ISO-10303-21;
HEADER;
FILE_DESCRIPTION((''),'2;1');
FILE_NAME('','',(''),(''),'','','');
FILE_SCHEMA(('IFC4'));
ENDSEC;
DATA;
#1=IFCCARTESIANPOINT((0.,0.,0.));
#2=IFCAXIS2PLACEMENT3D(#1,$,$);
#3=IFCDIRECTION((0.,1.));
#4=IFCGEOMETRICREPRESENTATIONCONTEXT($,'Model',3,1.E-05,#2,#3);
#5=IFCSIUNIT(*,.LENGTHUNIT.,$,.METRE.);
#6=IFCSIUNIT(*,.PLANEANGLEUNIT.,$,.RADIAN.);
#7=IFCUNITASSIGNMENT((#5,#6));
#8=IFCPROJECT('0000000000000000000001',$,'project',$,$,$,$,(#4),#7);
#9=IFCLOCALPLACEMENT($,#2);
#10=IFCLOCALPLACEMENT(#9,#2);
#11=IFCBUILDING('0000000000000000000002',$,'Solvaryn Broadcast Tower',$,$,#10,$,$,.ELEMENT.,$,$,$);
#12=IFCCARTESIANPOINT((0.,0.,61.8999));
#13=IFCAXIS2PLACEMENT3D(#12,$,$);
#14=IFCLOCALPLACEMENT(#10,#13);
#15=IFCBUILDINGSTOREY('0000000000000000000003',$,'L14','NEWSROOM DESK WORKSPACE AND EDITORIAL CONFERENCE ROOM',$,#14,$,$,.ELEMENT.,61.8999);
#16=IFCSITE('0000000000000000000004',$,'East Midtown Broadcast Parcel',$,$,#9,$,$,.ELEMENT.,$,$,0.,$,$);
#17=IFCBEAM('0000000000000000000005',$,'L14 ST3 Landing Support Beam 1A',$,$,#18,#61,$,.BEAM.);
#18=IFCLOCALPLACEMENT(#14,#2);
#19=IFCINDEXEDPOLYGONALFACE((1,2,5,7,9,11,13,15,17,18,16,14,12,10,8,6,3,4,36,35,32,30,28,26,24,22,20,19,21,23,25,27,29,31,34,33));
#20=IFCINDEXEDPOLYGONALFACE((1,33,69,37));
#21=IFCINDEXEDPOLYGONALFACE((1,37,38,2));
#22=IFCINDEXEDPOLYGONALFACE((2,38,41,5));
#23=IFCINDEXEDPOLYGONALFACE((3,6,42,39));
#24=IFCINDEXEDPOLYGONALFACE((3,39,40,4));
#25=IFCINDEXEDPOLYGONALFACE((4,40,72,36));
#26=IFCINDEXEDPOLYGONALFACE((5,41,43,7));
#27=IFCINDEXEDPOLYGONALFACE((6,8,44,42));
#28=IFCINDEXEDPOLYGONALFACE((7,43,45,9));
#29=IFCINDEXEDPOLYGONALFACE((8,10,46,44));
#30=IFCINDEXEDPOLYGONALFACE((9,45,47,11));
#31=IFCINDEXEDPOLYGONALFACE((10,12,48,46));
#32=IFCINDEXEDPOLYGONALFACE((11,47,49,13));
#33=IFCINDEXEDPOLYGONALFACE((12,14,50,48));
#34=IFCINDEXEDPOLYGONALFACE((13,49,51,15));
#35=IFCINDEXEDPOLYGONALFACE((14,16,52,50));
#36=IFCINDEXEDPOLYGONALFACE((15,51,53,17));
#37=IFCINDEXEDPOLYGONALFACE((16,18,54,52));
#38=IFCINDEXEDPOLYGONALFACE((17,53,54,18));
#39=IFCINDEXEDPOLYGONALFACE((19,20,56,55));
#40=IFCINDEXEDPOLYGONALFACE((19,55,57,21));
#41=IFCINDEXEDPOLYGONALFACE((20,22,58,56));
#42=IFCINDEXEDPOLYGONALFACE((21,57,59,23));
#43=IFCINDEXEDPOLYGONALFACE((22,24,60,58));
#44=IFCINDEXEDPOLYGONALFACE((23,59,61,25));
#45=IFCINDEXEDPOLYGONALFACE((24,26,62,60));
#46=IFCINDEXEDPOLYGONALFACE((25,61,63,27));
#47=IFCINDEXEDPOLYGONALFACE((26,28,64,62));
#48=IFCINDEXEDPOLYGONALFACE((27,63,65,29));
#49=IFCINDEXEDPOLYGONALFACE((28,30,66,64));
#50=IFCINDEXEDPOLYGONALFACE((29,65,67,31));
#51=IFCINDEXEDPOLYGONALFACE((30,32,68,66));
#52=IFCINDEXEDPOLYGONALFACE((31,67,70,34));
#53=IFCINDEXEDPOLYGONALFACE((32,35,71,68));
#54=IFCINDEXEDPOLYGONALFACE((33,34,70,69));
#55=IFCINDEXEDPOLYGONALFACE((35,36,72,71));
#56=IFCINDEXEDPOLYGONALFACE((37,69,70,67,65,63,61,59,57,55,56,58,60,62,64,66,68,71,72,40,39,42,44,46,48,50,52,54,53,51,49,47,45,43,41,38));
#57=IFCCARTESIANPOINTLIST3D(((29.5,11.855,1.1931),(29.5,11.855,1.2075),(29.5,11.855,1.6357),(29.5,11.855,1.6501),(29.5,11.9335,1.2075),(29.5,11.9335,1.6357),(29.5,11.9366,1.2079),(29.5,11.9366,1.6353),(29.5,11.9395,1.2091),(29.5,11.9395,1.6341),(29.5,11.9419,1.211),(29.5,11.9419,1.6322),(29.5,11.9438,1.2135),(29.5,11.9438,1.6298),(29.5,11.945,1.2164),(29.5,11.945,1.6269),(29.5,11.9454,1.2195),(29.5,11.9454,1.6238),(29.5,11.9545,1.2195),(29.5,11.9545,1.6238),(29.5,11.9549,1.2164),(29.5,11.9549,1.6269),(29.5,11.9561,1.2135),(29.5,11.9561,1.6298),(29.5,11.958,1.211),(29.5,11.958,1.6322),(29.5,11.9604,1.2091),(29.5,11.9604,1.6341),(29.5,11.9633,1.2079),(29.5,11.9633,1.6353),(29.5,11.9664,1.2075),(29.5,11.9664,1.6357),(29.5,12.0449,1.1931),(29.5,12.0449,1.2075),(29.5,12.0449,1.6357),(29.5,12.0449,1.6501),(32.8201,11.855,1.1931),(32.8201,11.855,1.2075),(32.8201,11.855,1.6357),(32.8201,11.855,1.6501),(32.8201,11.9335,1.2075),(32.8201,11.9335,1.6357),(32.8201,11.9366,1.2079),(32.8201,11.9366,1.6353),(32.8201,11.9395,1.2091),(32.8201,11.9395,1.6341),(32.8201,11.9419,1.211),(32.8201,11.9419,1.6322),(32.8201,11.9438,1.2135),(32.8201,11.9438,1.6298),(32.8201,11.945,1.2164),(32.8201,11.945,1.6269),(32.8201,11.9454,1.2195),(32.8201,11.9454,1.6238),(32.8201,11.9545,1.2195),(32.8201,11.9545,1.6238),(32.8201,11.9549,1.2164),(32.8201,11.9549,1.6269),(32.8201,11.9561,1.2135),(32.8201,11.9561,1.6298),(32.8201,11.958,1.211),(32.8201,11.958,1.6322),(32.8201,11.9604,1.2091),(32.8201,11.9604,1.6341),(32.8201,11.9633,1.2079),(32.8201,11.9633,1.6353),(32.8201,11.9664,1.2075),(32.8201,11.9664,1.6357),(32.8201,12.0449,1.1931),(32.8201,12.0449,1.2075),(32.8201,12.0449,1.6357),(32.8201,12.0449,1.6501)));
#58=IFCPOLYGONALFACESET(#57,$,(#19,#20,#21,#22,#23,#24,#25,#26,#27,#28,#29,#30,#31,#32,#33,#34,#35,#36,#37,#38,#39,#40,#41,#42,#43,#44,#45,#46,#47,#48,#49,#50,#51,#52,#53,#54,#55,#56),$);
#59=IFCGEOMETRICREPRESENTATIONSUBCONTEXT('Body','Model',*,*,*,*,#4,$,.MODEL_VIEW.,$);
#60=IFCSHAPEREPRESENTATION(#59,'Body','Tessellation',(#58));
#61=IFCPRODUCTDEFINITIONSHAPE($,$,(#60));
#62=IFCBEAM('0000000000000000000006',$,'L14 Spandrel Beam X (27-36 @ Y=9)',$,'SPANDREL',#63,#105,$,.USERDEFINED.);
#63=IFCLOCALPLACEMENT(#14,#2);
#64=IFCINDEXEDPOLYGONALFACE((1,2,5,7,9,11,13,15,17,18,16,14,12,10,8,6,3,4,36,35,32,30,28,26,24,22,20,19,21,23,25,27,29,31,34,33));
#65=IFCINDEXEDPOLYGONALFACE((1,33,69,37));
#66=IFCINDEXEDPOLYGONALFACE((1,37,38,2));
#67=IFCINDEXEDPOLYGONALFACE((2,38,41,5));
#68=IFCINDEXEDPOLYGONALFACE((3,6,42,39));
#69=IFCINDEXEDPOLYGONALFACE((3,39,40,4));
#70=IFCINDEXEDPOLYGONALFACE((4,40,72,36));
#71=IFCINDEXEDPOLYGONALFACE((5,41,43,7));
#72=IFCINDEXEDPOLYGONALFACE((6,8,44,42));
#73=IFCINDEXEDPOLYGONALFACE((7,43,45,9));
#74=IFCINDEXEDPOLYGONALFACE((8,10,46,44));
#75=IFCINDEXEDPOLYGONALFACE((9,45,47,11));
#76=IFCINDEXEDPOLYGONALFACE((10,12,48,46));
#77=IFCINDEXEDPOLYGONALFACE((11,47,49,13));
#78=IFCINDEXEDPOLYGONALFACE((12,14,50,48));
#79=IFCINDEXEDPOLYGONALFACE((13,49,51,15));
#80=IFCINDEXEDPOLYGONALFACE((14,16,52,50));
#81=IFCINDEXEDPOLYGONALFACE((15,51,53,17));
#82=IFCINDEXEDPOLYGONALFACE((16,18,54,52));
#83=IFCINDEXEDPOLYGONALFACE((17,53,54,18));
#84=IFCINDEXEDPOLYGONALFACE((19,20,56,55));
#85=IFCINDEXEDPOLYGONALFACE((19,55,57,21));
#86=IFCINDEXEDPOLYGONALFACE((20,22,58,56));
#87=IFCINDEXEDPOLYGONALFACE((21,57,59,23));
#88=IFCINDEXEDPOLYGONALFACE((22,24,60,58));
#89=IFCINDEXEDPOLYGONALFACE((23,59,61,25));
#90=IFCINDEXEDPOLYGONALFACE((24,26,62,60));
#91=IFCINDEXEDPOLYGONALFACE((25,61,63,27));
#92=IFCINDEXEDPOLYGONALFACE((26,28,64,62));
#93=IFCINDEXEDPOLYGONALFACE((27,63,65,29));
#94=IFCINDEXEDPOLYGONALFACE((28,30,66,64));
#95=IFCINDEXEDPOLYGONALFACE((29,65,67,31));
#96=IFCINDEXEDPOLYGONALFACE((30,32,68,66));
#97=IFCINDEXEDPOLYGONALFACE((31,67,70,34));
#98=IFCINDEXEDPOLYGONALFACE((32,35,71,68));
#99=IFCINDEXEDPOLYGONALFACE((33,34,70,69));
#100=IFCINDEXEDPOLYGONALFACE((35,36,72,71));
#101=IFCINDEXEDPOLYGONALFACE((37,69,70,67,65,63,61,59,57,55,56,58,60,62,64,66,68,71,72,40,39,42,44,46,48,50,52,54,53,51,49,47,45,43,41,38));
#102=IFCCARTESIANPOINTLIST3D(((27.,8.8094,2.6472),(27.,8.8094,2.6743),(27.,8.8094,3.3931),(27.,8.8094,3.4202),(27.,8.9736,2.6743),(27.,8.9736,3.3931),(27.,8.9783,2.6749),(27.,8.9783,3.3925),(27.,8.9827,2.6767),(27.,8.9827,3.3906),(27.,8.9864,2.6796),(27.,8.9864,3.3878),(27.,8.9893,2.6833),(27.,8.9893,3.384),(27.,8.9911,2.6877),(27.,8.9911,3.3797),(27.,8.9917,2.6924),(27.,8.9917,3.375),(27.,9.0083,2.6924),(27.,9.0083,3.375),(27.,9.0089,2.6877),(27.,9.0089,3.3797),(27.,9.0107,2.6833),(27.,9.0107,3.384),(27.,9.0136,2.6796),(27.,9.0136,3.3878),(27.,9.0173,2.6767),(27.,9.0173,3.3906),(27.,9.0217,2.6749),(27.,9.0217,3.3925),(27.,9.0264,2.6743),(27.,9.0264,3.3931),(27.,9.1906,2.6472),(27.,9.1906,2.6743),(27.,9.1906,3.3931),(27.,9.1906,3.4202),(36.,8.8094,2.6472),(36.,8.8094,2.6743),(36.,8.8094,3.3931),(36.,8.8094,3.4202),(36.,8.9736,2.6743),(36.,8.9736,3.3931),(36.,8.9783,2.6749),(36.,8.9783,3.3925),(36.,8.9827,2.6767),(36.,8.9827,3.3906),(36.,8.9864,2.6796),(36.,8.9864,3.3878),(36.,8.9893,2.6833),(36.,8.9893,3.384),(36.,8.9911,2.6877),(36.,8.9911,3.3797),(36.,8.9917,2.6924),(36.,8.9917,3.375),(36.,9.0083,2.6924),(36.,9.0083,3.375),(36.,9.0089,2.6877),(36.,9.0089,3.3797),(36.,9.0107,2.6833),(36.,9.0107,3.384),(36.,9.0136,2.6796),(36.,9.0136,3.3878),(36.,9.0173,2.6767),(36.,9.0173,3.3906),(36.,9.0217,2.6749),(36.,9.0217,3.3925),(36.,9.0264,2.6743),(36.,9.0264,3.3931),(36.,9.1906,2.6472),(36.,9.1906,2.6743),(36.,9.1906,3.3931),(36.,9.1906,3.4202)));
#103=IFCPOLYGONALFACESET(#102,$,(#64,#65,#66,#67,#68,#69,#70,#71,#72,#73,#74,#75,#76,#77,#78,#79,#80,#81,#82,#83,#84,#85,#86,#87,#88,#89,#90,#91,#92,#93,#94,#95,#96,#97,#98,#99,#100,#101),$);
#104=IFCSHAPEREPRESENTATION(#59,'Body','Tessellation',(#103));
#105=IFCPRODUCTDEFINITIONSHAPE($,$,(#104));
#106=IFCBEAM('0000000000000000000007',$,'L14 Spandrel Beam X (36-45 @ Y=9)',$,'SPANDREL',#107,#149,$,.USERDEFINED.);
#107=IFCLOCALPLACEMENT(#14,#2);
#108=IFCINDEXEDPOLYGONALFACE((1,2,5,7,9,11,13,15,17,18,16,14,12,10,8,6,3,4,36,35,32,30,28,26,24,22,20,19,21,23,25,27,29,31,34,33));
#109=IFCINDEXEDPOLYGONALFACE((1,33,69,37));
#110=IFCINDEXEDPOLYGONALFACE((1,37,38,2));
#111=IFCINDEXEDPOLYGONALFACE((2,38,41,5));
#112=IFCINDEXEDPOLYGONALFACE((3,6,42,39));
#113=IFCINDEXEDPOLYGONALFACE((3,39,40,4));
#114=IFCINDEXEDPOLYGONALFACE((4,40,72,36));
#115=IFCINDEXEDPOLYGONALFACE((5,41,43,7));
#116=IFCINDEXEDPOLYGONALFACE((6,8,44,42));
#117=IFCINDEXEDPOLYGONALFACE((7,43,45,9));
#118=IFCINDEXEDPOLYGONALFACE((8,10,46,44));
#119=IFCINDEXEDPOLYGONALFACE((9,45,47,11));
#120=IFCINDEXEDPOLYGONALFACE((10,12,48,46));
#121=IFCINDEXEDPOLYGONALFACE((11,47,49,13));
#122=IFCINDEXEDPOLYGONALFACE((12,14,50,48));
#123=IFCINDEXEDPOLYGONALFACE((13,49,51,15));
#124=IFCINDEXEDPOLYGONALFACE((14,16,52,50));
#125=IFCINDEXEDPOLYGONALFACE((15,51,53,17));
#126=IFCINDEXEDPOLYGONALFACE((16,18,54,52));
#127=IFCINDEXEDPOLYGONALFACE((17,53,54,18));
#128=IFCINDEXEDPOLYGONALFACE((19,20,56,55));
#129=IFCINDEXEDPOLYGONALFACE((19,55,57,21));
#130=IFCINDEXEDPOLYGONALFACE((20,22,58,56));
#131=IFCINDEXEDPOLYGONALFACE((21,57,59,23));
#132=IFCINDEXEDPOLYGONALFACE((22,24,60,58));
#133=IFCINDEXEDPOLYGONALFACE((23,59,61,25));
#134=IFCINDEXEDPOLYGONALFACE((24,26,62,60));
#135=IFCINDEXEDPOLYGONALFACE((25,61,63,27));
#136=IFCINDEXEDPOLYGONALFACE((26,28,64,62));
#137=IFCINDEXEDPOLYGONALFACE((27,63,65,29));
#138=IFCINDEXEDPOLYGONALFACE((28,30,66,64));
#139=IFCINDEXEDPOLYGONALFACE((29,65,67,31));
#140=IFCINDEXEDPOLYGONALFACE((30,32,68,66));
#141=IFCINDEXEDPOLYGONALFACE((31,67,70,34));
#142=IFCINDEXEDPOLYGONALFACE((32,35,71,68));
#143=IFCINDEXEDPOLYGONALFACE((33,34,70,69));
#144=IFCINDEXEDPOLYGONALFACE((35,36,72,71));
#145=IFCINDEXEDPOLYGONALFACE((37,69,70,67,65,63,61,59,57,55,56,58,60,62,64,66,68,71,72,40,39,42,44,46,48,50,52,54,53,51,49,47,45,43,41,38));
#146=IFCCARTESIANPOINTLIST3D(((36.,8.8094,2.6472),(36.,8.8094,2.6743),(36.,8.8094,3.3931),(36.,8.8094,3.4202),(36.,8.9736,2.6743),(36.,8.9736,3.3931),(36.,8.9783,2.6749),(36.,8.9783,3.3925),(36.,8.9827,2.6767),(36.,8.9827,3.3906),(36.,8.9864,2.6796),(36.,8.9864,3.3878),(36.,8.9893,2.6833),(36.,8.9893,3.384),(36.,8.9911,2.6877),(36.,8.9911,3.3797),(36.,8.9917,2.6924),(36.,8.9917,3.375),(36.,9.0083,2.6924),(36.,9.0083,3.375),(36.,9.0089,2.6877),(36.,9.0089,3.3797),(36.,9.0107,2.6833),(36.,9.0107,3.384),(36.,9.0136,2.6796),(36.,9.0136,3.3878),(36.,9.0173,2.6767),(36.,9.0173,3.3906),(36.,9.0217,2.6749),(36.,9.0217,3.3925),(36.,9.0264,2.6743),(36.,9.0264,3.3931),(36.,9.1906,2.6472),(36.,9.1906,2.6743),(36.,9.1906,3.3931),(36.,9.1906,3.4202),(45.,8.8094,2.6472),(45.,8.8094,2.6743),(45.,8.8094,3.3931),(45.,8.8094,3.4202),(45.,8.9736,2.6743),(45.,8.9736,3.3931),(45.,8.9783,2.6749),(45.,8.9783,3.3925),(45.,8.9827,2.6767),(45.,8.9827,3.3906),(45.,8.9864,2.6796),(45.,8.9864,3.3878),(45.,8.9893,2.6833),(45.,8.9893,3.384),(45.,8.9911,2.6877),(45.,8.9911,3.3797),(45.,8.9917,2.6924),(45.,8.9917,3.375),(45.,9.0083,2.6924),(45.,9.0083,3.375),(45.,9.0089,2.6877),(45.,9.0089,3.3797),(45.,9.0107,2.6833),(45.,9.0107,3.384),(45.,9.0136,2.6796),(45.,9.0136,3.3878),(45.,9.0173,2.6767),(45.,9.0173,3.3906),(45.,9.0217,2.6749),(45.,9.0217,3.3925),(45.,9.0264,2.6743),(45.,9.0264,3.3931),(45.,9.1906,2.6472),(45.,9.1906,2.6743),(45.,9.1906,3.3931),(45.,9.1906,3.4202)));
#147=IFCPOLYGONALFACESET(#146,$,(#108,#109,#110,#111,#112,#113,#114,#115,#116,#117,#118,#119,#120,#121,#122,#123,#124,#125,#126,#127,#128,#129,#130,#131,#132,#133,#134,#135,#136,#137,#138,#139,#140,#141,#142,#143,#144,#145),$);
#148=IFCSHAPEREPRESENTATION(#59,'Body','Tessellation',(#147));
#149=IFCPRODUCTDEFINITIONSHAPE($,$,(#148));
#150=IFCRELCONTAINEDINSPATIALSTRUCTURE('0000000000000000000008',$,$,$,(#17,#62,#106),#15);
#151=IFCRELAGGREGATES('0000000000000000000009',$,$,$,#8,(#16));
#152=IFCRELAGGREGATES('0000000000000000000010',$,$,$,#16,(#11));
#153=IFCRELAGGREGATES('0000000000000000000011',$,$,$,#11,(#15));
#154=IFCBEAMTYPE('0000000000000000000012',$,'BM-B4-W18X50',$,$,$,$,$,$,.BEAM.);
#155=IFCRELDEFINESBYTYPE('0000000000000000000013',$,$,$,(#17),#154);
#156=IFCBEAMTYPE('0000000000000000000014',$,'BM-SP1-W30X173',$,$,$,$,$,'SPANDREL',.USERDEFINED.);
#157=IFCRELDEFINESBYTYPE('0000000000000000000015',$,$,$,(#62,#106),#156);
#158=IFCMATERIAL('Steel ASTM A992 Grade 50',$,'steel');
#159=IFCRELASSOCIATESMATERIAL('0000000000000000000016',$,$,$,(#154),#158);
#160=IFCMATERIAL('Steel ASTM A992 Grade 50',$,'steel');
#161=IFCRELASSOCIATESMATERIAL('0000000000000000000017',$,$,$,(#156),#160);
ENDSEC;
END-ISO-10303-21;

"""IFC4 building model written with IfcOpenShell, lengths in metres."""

from ifc_helpers import new_model, si_unit, direction, frame, origin, origin_2d, place, context, subcontext, project, spatial, i_section, extrude, material, material_profile, profile_set, type_object, element, save


model = new_model("IFC4")

# Units and contexts
model_context = context("Model", 3, precision=1e-05, world=origin(), true_north=direction((0.0, 1.0)))
body_context = subcontext(model_context, "Body", "Model", "MODEL_VIEW")
ifc_project = project(units=[si_unit("LENGTHUNIT", "METRE"), si_unit("PLANEANGLEUNIT", "RADIAN")], contexts=[model_context])

# Site, building, storey
site_placement = place(None, origin())
site = spatial("IfcSite", under=ifc_project, at=site_placement, Name="East Midtown Broadcast Parcel", CompositionType="ELEMENT", RefElevation=0.0)
building_placement = place(site_placement, origin())
building = spatial("IfcBuilding", under=site, at=building_placement, Name="Solvaryn Broadcast Tower", CompositionType="ELEMENT")
storey_placement = place(building_placement, frame((0.0, 0.0, 61.8999)))
storey = spatial("IfcBuildingStorey", under=building, at=storey_placement, Name="L14", Description="NEWSROOM DESK WORKSPACE AND EDITORIAL CONFERENCE ROOM", CompositionType="ELEMENT", Elevation=61.8999)

# Beams
ifc_material_1 = material(Name="Steel ASTM A992 Grade 50", Category="steel")
ifc_material_profile_1 = material_profile(ifc_material_1, i_section(OverallWidth=0.1899, OverallDepth=0.457, WebThickness=0.009, FlangeThickness=0.0144, FilletRadius=0.012, at=origin_2d()))
ifc_profile_set_1 = profile_set([ifc_material_profile_1], Name="Steel ASTM A992 Grade 50")
beam_type_1 = type_object("IfcBeamType", Name="BM-B4-W18X50", PredefinedType="BEAM", material=ifc_profile_set_1)
beam_1_placement = place(storey_placement, frame((29.5, 11.95, 1.4216), z_axis=(1.0, 0.0, 0.0), x_axis=(0.0, 1.0, 0.0)))
element("IfcBeam", 1, at=beam_1_placement, inside=storey, type_object=beam_type_1, Name="L14 ST3 Landing Support Beam 1A", PredefinedType="BEAM", context=body_context, shape_type="SweptSolid", body=[
    extrude(i_section(OverallWidth=0.1899, OverallDepth=0.457, WebThickness=0.009, FlangeThickness=0.0144, FilletRadius=0.012, at=origin_2d()), origin(), (0.0, 0.0, 1.0), 3.3201),
])
ifc_material_2 = material(Name="Steel ASTM A992 Grade 50", Category="steel")
ifc_material_profile_2 = material_profile(ifc_material_2, i_section(OverallWidth=0.3811, OverallDepth=0.7729, WebThickness=0.0166, FlangeThickness=0.0271, FilletRadius=0.0181, at=origin_2d()))
ifc_profile_set_2 = profile_set([ifc_material_profile_2], Name="Steel ASTM A992 Grade 50")
beam_type_2 = type_object("IfcBeamType", Name="BM-SP1-W30X173", ElementType="SPANDREL", PredefinedType="USERDEFINED", material=ifc_profile_set_2)
for number, where, z_axis, x_axis, name in (
    (2, (27.0, 9.0, 3.0337), (1.0, 0.0, 0.0), (0.0, 1.0, 0.0), "L14 Spandrel Beam X (27-36 @ Y=9)"),
    (3, (36.0, 9.0, 3.0337), (1.0, 0.0, 0.0), (0.0, 1.0, 0.0), "L14 Spandrel Beam X (36-45 @ Y=9)"),
):
    element("IfcBeam", number, at=place(storey_placement, frame(where, z_axis=z_axis, x_axis=x_axis)), inside=storey, type_object=beam_type_2, Name=name, ObjectType="SPANDREL", PredefinedType="USERDEFINED", context=body_context, shape_type="SweptSolid", body=[
        extrude(i_section(OverallWidth=0.3811, OverallDepth=0.7729, WebThickness=0.0166, FlangeThickness=0.0271, FilletRadius=0.0181, at=origin_2d()), origin(), (0.0, 0.0, 1.0), 9.0),
    ])

save(model, "model.ifc")
